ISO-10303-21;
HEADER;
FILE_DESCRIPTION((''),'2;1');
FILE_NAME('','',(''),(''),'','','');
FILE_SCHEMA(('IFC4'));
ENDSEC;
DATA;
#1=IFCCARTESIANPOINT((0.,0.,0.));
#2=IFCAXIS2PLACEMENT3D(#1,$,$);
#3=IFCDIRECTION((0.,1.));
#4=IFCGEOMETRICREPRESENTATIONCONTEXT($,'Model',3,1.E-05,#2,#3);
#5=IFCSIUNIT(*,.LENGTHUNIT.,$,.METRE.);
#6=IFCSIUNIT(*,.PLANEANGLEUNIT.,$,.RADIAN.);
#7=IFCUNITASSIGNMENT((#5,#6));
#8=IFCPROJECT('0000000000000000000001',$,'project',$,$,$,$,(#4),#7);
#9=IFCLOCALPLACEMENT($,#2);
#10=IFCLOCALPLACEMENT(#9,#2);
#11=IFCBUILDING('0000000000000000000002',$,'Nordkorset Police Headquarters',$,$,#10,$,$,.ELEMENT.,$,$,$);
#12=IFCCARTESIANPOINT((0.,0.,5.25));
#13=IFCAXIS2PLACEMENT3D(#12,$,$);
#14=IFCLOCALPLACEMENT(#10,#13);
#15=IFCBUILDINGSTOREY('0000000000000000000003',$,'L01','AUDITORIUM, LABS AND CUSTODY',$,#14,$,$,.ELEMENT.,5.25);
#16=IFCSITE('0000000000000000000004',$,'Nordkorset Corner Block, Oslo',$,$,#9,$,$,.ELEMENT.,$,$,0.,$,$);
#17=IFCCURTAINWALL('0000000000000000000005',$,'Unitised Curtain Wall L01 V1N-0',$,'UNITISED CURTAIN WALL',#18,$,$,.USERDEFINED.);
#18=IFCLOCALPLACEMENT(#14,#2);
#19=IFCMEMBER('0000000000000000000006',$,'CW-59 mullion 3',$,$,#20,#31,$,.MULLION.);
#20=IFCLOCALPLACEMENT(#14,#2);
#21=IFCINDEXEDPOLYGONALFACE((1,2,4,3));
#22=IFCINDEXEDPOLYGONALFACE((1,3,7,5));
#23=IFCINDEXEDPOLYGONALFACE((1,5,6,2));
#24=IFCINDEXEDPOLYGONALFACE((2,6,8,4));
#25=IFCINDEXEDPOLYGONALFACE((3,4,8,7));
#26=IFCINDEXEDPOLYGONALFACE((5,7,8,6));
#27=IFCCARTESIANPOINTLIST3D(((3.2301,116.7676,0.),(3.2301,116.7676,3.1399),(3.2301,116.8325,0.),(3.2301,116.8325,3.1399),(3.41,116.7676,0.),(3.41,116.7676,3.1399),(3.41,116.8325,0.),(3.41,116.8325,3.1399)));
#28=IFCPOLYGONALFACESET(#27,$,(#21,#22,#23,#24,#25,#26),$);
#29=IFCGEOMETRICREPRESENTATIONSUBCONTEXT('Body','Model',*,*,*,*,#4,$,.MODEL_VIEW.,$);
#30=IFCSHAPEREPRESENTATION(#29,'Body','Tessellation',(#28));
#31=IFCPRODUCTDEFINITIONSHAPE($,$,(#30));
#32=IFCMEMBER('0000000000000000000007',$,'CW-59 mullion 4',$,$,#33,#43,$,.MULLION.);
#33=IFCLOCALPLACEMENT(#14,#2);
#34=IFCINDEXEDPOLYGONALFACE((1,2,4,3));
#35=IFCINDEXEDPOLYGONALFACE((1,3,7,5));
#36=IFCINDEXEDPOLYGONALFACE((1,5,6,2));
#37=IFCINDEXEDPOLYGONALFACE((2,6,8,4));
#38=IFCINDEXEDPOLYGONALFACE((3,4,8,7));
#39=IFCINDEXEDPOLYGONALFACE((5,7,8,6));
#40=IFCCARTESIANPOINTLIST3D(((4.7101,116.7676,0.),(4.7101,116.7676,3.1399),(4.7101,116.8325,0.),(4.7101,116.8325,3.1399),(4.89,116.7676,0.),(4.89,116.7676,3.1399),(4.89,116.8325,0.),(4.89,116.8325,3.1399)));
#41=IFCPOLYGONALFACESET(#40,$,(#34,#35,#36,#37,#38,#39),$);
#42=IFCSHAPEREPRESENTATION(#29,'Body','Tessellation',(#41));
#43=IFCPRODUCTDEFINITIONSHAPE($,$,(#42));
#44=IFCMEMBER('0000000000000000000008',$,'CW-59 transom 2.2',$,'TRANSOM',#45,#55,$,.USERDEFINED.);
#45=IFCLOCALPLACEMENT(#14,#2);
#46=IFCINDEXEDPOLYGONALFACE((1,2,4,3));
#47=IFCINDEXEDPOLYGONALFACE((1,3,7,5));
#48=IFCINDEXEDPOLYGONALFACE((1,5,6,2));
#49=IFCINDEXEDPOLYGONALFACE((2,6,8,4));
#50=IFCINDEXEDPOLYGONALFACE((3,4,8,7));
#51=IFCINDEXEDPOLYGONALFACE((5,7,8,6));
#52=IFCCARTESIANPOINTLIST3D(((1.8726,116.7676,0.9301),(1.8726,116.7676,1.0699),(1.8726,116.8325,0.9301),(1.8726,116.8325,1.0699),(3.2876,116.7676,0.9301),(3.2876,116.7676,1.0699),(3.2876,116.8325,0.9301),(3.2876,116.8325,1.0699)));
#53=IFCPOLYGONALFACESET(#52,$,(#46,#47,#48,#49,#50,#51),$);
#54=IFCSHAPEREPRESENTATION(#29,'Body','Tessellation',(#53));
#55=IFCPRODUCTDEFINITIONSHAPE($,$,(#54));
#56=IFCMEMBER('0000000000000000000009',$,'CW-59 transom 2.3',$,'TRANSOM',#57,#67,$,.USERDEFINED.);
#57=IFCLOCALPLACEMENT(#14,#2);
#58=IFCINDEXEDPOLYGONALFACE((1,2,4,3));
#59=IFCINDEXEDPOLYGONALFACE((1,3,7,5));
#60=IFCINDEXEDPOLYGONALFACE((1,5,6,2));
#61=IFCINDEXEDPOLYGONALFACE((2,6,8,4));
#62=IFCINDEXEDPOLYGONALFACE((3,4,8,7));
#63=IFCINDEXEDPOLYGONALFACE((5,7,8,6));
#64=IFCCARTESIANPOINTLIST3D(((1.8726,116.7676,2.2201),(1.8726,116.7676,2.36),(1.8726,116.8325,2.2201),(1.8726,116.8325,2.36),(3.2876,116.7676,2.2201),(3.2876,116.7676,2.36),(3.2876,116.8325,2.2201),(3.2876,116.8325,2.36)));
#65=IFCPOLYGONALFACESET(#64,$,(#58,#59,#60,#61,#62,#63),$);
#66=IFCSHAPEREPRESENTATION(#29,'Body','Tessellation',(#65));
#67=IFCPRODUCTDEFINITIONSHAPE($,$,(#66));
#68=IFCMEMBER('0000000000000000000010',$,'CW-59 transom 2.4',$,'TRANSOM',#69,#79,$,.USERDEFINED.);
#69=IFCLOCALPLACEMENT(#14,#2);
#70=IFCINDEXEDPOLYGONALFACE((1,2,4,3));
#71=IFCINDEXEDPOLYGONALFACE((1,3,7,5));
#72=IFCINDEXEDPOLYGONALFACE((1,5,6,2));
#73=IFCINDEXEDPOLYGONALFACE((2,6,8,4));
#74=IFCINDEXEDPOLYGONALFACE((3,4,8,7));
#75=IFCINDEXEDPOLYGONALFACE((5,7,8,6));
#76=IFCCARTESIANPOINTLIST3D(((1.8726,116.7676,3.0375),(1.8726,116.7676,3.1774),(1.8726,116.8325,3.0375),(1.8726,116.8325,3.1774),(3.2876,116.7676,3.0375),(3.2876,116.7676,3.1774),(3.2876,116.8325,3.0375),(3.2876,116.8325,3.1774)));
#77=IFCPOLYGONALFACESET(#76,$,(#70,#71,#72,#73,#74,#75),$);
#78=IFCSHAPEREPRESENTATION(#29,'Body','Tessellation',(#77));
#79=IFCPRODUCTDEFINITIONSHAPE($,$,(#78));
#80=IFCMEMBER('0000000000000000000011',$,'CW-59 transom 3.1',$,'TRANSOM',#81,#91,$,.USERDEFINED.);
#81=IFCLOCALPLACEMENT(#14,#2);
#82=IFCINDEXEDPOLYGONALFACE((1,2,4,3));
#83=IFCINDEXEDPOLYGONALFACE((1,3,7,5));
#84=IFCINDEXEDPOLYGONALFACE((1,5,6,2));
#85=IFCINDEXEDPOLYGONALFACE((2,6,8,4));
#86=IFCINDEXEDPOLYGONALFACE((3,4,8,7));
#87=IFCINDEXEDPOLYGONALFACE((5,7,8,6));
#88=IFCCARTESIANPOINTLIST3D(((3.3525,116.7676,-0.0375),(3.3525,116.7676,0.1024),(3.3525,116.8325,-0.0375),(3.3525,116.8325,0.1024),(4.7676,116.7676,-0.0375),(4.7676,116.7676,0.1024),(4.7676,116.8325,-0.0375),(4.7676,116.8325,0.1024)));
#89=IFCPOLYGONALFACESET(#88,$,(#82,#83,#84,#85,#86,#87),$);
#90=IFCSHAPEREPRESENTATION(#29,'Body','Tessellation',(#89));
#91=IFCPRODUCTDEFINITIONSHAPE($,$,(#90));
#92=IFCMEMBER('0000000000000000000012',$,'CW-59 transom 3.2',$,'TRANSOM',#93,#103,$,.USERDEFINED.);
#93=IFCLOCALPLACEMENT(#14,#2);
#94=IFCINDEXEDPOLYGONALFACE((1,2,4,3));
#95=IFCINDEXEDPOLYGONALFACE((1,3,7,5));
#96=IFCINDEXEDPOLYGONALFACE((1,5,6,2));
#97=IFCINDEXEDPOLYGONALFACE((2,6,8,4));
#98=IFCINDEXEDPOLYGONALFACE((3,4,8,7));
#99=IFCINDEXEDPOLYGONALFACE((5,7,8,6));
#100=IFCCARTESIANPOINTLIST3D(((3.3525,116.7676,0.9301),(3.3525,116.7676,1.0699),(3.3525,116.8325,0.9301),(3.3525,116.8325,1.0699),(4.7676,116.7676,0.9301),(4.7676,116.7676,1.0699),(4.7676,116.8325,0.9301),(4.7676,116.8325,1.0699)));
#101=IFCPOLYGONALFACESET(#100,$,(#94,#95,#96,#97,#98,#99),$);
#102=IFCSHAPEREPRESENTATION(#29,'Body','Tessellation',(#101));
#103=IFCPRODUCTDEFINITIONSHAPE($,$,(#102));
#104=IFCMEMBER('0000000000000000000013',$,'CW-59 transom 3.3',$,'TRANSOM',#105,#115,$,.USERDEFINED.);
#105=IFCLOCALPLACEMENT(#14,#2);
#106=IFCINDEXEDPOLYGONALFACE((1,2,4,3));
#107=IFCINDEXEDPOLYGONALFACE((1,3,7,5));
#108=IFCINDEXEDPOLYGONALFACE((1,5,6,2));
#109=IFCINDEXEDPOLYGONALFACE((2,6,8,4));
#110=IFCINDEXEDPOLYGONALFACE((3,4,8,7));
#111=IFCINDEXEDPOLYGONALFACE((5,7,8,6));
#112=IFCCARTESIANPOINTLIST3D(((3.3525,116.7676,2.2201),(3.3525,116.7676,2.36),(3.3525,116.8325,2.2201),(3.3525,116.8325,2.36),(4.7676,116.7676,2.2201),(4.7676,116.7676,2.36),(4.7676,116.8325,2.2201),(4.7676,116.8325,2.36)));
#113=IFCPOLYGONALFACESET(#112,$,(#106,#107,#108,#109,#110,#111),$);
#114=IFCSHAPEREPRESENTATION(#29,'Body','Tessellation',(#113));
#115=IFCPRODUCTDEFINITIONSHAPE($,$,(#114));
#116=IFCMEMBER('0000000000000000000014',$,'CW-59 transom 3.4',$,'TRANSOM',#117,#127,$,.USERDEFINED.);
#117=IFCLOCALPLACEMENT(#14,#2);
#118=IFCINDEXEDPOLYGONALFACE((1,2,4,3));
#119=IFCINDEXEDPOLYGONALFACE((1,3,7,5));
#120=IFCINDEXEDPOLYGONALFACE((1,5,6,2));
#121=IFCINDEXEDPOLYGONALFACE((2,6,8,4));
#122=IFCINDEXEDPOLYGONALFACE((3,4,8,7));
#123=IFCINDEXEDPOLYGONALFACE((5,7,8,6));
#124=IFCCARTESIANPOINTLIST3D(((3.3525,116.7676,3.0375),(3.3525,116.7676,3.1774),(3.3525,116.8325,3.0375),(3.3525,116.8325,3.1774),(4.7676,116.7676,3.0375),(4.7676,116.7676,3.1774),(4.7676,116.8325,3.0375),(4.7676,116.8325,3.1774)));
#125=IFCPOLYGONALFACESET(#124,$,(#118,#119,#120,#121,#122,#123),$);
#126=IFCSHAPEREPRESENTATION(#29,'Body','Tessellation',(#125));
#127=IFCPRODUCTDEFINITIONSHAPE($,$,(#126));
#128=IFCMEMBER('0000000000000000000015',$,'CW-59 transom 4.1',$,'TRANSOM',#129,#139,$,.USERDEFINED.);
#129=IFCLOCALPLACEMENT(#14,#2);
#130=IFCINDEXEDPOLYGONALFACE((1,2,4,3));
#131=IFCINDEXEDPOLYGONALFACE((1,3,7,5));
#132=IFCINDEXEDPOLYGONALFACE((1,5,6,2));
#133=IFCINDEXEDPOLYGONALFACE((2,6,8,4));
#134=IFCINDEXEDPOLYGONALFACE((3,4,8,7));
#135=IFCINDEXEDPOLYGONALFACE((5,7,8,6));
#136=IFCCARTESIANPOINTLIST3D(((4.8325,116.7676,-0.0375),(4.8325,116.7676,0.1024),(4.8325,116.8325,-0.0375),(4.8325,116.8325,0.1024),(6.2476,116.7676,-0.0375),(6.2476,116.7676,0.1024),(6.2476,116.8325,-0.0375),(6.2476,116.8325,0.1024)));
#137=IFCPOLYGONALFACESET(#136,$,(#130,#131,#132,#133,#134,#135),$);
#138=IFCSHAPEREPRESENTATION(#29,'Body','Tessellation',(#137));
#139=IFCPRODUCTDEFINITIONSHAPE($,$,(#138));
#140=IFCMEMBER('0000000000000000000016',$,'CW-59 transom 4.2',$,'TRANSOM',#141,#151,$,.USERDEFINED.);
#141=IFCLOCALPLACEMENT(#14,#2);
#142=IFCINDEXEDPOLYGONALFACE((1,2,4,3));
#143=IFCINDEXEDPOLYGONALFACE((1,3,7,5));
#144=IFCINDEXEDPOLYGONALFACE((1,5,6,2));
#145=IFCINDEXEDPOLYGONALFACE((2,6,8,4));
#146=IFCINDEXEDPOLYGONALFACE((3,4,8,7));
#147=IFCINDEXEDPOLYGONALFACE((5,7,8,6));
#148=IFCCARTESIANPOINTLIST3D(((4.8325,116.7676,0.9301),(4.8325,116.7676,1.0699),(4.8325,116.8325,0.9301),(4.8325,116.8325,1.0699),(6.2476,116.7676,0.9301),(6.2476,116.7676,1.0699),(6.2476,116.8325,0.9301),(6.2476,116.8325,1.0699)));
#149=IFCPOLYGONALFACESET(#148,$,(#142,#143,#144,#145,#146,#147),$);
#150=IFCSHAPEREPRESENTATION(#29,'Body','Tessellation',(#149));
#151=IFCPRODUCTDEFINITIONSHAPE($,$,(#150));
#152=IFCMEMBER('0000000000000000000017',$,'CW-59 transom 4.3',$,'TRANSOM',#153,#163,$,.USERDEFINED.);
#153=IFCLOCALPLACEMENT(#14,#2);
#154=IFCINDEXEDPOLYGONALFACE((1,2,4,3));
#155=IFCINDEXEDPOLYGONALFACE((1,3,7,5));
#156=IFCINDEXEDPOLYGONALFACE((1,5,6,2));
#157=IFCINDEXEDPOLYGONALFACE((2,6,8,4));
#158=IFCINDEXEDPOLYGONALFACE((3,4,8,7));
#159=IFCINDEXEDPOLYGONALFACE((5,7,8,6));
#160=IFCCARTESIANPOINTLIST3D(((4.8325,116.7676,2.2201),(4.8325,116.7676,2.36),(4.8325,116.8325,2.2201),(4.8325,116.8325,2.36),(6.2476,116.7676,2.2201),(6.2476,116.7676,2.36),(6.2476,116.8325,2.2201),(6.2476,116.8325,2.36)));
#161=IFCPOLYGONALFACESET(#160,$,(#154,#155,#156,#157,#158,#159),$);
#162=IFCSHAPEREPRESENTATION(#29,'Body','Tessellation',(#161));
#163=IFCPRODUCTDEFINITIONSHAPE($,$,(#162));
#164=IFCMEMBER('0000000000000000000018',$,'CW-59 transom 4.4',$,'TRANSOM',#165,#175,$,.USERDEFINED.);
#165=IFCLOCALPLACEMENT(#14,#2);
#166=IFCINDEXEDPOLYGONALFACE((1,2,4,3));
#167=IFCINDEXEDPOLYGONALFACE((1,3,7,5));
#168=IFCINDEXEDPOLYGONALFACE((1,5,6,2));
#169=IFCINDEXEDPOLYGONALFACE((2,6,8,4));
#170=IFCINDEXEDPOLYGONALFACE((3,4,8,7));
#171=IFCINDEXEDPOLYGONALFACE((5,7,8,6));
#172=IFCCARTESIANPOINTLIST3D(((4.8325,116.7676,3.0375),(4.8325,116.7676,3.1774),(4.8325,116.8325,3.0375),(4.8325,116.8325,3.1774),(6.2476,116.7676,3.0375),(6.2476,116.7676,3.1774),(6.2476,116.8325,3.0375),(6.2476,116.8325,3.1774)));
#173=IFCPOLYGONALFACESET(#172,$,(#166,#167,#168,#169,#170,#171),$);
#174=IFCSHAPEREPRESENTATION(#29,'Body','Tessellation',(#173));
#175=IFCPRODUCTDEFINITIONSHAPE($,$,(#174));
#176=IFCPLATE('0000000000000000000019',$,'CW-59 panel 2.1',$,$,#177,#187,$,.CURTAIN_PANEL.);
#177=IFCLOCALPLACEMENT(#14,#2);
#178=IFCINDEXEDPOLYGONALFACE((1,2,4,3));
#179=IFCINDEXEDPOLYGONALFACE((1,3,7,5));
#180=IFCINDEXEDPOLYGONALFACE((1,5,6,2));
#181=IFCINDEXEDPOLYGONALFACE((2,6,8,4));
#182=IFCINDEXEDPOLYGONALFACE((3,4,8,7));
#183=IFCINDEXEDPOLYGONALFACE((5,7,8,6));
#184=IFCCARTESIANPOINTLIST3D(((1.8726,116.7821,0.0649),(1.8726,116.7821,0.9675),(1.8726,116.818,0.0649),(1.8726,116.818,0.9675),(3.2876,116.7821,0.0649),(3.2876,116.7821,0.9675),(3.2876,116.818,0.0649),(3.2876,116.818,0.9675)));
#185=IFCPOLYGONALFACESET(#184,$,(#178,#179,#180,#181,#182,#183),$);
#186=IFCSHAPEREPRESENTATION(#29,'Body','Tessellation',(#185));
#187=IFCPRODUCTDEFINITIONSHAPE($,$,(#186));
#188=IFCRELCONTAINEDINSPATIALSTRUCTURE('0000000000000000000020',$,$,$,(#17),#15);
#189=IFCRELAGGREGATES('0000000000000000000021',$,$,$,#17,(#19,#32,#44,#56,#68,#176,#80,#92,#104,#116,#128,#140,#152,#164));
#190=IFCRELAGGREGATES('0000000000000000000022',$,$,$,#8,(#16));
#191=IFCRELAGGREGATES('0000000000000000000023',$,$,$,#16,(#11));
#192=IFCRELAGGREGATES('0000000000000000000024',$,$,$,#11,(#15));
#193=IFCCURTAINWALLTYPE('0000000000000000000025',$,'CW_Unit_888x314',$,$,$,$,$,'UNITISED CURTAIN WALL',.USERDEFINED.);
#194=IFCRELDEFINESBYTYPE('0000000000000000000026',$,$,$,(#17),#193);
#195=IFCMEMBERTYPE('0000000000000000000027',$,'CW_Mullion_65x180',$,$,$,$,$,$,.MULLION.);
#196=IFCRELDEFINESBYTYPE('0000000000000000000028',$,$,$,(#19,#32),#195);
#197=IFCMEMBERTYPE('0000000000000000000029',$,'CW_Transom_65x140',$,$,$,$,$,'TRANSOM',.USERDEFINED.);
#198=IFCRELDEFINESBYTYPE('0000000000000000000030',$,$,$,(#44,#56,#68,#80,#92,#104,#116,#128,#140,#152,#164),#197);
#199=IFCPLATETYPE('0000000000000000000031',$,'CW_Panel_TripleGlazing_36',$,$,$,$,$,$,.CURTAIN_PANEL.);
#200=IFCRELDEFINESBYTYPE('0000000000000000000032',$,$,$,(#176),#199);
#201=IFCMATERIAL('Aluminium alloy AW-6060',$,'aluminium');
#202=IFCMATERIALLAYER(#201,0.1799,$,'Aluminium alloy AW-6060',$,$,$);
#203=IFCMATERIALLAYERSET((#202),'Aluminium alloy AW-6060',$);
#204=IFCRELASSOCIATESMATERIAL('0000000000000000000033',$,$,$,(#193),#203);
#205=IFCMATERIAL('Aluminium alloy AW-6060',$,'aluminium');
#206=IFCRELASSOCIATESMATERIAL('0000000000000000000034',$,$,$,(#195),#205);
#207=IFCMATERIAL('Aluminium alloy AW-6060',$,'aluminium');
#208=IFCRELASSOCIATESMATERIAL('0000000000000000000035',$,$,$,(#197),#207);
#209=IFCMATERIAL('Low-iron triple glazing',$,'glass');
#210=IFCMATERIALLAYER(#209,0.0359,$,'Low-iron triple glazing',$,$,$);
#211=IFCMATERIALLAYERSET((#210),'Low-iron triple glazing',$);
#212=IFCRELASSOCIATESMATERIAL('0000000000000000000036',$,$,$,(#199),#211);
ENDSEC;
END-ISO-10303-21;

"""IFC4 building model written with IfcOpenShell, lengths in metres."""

from ifc_helpers import new_model, si_unit, direction, frame, origin, origin_2d, place, context, subcontext, project, spatial, rectangle, extrude, material, layer, layer_set, material_profile, profile_set, type_object, element, aggregate, save


model = new_model("IFC4")

# Units and contexts
model_context = context("Model", 3, precision=1e-05, world=origin(), true_north=direction((0.0, 1.0)))
body_context = subcontext(model_context, "Body", "Model", "MODEL_VIEW")
ifc_project = project(units=[si_unit("LENGTHUNIT", "METRE"), si_unit("PLANEANGLEUNIT", "RADIAN")], contexts=[model_context])

# Site, building, storey
site_placement = place(None, origin())
site = spatial("IfcSite", under=ifc_project, at=site_placement, Name="Nordkorset Corner Block, Oslo", CompositionType="ELEMENT", RefElevation=0.0)
building_placement = place(site_placement, origin())
building = spatial("IfcBuilding", under=site, at=building_placement, Name="Nordkorset Police Headquarters", CompositionType="ELEMENT")
storey_placement = place(building_placement, frame((0.0, 0.0, 5.25)))
storey = spatial("IfcBuildingStorey", under=building, at=storey_placement, Name="L01", Description="AUDITORIUM, LABS AND CUSTODY", CompositionType="ELEMENT", Elevation=5.25)

# Curtain wall, members, plate
ifc_material_1 = material(Name="Aluminium alloy AW-6060", Category="aluminium")
ifc_layer_1 = layer(ifc_material_1, 0.1799, Name="Aluminium alloy AW-6060")
ifc_layer_set_1 = layer_set([ifc_layer_1], Name="Aluminium alloy AW-6060")
curtain_wall_type = type_object("IfcCurtainWallType", Name="CW_Unit_888x314", ElementType="UNITISED CURTAIN WALL", PredefinedType="USERDEFINED", material=ifc_layer_set_1)
curtain_wall_placement = place(storey_placement, origin())
curtain_wall = element("IfcCurtainWall", 1, at=curtain_wall_placement, inside=storey, type_object=curtain_wall_type, Name="Unitised Curtain Wall L01 V1N-0", ObjectType="UNITISED CURTAIN WALL", PredefinedType="USERDEFINED")
ifc_material_2 = material(Name="Aluminium alloy AW-6060", Category="aluminium")
ifc_material_profile_1 = material_profile(ifc_material_2, rectangle(XDim=0.0649, YDim=0.1799, at=origin_2d()), Name="ALU MULL 65x180")
ifc_profile_set_1 = profile_set([ifc_material_profile_1], Name="Aluminium alloy AW-6060")
member_type_1 = type_object("IfcMemberType", Name="CW_Mullion_65x180", PredefinedType="MULLION", material=ifc_profile_set_1)
member_1_placement = place(storey_placement, frame((3.3201, 116.8, 0.0), z_axis=(0.0, 0.0, 1.0), x_axis=(0.0, 1.0, 0.0)))
member_1 = element("IfcMember", 2, at=member_1_placement, type_object=member_type_1, Name="CW-59 mullion 3", PredefinedType="MULLION", context=body_context, shape_type="SweptSolid", body=[
    extrude(rectangle(XDim=0.0649, YDim=0.1799, at=origin_2d()), origin(), (0.0, 0.0, 1.0), 3.1399),
])
member_2_placement = place(storey_placement, frame((4.8, 116.8, 0.0), z_axis=(0.0, 0.0, 1.0), x_axis=(0.0, 1.0, 0.0)))
member_2 = element("IfcMember", 3, at=member_2_placement, type_object=member_type_1, Name="CW-59 mullion 4", PredefinedType="MULLION", context=body_context, shape_type="SweptSolid", body=[
    extrude(rectangle(XDim=0.0649, YDim=0.1799, at=origin_2d()), origin(), (0.0, 0.0, 1.0), 3.1399),
])
ifc_material_3 = material(Name="Aluminium alloy AW-6060", Category="aluminium")
ifc_material_profile_2 = material_profile(ifc_material_3, rectangle(XDim=0.0649, YDim=0.1399, at=origin_2d()), Name="ALU TRAN 65x140")
ifc_profile_set_2 = profile_set([ifc_material_profile_2], Name="Aluminium alloy AW-6060")
member_type_2 = type_object("IfcMemberType", Name="CW_Transom_65x140", ElementType="TRANSOM", PredefinedType="USERDEFINED", material=ifc_profile_set_2)
member_3_placement = place(storey_placement, frame((1.8726, 116.8, 1.0), z_axis=(1.0, 0.0, 0.0), x_axis=(0.0, 1.0, 0.0)))
member_3 = element("IfcMember", 4, at=member_3_placement, type_object=member_type_2, Name="CW-59 transom 2.2", ObjectType="TRANSOM", PredefinedType="USERDEFINED", context=body_context, shape_type="SweptSolid", body=[
    extrude(rectangle(XDim=0.0649, YDim=0.1399, at=origin_2d()), origin(), (0.0, 0.0, 1.0), 1.415),
])
member_4_placement = place(storey_placement, frame((1.8726, 116.8, 2.29), z_axis=(1.0, 0.0, 0.0), x_axis=(0.0, 1.0, 0.0)))
member_4 = element("IfcMember", 5, at=member_4_placement, type_object=member_type_2, Name="CW-59 transom 2.3", ObjectType="TRANSOM", PredefinedType="USERDEFINED", context=body_context, shape_type="SweptSolid", body=[
    extrude(rectangle(XDim=0.0649, YDim=0.1399, at=origin_2d()), origin(), (0.0, 0.0, 1.0), 1.415),
])
member_5_placement = place(storey_placement, frame((1.8726, 116.8, 3.1074), z_axis=(1.0, 0.0, 0.0), x_axis=(0.0, 1.0, 0.0)))
member_5 = element("IfcMember", 6, at=member_5_placement, type_object=member_type_2, Name="CW-59 transom 2.4", ObjectType="TRANSOM", PredefinedType="USERDEFINED", context=body_context, shape_type="SweptSolid", body=[
    extrude(rectangle(XDim=0.0649, YDim=0.1399, at=origin_2d()), origin(), (0.0, 0.0, 1.0), 1.415),
])
member_6_placement = place(storey_placement, frame((3.3525, 116.8, 0.0325), z_axis=(1.0, 0.0, 0.0), x_axis=(0.0, 1.0, 0.0)))
member_6 = element("IfcMember", 7, at=member_6_placement, type_object=member_type_2, Name="CW-59 transom 3.1", ObjectType="TRANSOM", PredefinedType="USERDEFINED", context=body_context, shape_type="SweptSolid", body=[
    extrude(rectangle(XDim=0.0649, YDim=0.1399, at=origin_2d()), origin(), (0.0, 0.0, 1.0), 1.415),
])
member_7_placement = place(storey_placement, frame((3.3525, 116.8, 1.0), z_axis=(1.0, 0.0, 0.0), x_axis=(0.0, 1.0, 0.0)))
member_7 = element("IfcMember", 8, at=member_7_placement, type_object=member_type_2, Name="CW-59 transom 3.2", ObjectType="TRANSOM", PredefinedType="USERDEFINED", context=body_context, shape_type="SweptSolid", body=[
    extrude(rectangle(XDim=0.0649, YDim=0.1399, at=origin_2d()), origin(), (0.0, 0.0, 1.0), 1.415),
])
member_8_placement = place(storey_placement, frame((3.3525, 116.8, 2.29), z_axis=(1.0, 0.0, 0.0), x_axis=(0.0, 1.0, 0.0)))
member_8 = element("IfcMember", 9, at=member_8_placement, type_object=member_type_2, Name="CW-59 transom 3.3", ObjectType="TRANSOM", PredefinedType="USERDEFINED", context=body_context, shape_type="SweptSolid", body=[
    extrude(rectangle(XDim=0.0649, YDim=0.1399, at=origin_2d()), origin(), (0.0, 0.0, 1.0), 1.415),
])
member_9_placement = place(storey_placement, frame((3.3525, 116.8, 3.1074), z_axis=(1.0, 0.0, 0.0), x_axis=(0.0, 1.0, 0.0)))
member_9 = element("IfcMember", 10, at=member_9_placement, type_object=member_type_2, Name="CW-59 transom 3.4", ObjectType="TRANSOM", PredefinedType="USERDEFINED", context=body_context, shape_type="SweptSolid", body=[
    extrude(rectangle(XDim=0.0649, YDim=0.1399, at=origin_2d()), origin(), (0.0, 0.0, 1.0), 1.415),
])
member_10_placement = place(storey_placement, frame((4.8325, 116.8, 0.0325), z_axis=(1.0, 0.0, 0.0), x_axis=(0.0, 1.0, 0.0)))
member_10 = element("IfcMember", 11, at=member_10_placement, type_object=member_type_2, Name="CW-59 transom 4.1", ObjectType="TRANSOM", PredefinedType="USERDEFINED", context=body_context, shape_type="SweptSolid", body=[
    extrude(rectangle(XDim=0.0649, YDim=0.1399, at=origin_2d()), origin(), (0.0, 0.0, 1.0), 1.415),
])
member_11_placement = place(storey_placement, frame((4.8325, 116.8, 1.0), z_axis=(1.0, 0.0, 0.0), x_axis=(0.0, 1.0, 0.0)))
member_11 = element("IfcMember", 12, at=member_11_placement, type_object=member_type_2, Name="CW-59 transom 4.2", ObjectType="TRANSOM", PredefinedType="USERDEFINED", context=body_context, shape_type="SweptSolid", body=[
    extrude(rectangle(XDim=0.0649, YDim=0.1399, at=origin_2d()), origin(), (0.0, 0.0, 1.0), 1.415),
])
member_12_placement = place(storey_placement, frame((4.8325, 116.8, 2.29), z_axis=(1.0, 0.0, 0.0), x_axis=(0.0, 1.0, 0.0)))
member_12 = element("IfcMember", 13, at=member_12_placement, type_object=member_type_2, Name="CW-59 transom 4.3", ObjectType="TRANSOM", PredefinedType="USERDEFINED", context=body_context, shape_type="SweptSolid", body=[
    extrude(rectangle(XDim=0.0649, YDim=0.1399, at=origin_2d()), origin(), (0.0, 0.0, 1.0), 1.415),
])
member_13_placement = place(storey_placement, frame((4.8325, 116.8, 3.1074), z_axis=(1.0, 0.0, 0.0), x_axis=(0.0, 1.0, 0.0)))
member_13 = element("IfcMember", 14, at=member_13_placement, type_object=member_type_2, Name="CW-59 transom 4.4", ObjectType="TRANSOM", PredefinedType="USERDEFINED", context=body_context, shape_type="SweptSolid", body=[
    extrude(rectangle(XDim=0.0649, YDim=0.1399, at=origin_2d()), origin(), (0.0, 0.0, 1.0), 1.415),
])
ifc_material_4 = material(Name="Low-iron triple glazing", Category="glass")
ifc_layer_2 = layer(ifc_material_4, 0.0359, Name="Low-iron triple glazing")
ifc_layer_set_2 = layer_set([ifc_layer_2], Name="Low-iron triple glazing")
plate_type = type_object("IfcPlateType", Name="CW_Panel_TripleGlazing_36", PredefinedType="CURTAIN_PANEL", material=ifc_layer_set_2)
plate_1_placement = place(storey_placement, frame((2.5801, 116.8, 0.0649), z_axis=(0.0, 0.0, 1.0), x_axis=(1.0, 0.0, 0.0)))
plate_1 = element("IfcPlate", 15, at=plate_1_placement, type_object=plate_type, Name="CW-59 panel 2.1", PredefinedType="CURTAIN_PANEL", context=body_context, shape_type="SweptSolid", body=[
    extrude(rectangle(XDim=1.415, YDim=0.0359, at=origin_2d()), origin(), (0.0, 0.0, 1.0), 0.9026),
])
aggregate(curtain_wall, [member_1, member_2, member_3, member_4, member_5, plate_1, member_6, member_7, member_8, member_9, member_10, member_11, member_12, member_13])

save(model, "model.ifc")
